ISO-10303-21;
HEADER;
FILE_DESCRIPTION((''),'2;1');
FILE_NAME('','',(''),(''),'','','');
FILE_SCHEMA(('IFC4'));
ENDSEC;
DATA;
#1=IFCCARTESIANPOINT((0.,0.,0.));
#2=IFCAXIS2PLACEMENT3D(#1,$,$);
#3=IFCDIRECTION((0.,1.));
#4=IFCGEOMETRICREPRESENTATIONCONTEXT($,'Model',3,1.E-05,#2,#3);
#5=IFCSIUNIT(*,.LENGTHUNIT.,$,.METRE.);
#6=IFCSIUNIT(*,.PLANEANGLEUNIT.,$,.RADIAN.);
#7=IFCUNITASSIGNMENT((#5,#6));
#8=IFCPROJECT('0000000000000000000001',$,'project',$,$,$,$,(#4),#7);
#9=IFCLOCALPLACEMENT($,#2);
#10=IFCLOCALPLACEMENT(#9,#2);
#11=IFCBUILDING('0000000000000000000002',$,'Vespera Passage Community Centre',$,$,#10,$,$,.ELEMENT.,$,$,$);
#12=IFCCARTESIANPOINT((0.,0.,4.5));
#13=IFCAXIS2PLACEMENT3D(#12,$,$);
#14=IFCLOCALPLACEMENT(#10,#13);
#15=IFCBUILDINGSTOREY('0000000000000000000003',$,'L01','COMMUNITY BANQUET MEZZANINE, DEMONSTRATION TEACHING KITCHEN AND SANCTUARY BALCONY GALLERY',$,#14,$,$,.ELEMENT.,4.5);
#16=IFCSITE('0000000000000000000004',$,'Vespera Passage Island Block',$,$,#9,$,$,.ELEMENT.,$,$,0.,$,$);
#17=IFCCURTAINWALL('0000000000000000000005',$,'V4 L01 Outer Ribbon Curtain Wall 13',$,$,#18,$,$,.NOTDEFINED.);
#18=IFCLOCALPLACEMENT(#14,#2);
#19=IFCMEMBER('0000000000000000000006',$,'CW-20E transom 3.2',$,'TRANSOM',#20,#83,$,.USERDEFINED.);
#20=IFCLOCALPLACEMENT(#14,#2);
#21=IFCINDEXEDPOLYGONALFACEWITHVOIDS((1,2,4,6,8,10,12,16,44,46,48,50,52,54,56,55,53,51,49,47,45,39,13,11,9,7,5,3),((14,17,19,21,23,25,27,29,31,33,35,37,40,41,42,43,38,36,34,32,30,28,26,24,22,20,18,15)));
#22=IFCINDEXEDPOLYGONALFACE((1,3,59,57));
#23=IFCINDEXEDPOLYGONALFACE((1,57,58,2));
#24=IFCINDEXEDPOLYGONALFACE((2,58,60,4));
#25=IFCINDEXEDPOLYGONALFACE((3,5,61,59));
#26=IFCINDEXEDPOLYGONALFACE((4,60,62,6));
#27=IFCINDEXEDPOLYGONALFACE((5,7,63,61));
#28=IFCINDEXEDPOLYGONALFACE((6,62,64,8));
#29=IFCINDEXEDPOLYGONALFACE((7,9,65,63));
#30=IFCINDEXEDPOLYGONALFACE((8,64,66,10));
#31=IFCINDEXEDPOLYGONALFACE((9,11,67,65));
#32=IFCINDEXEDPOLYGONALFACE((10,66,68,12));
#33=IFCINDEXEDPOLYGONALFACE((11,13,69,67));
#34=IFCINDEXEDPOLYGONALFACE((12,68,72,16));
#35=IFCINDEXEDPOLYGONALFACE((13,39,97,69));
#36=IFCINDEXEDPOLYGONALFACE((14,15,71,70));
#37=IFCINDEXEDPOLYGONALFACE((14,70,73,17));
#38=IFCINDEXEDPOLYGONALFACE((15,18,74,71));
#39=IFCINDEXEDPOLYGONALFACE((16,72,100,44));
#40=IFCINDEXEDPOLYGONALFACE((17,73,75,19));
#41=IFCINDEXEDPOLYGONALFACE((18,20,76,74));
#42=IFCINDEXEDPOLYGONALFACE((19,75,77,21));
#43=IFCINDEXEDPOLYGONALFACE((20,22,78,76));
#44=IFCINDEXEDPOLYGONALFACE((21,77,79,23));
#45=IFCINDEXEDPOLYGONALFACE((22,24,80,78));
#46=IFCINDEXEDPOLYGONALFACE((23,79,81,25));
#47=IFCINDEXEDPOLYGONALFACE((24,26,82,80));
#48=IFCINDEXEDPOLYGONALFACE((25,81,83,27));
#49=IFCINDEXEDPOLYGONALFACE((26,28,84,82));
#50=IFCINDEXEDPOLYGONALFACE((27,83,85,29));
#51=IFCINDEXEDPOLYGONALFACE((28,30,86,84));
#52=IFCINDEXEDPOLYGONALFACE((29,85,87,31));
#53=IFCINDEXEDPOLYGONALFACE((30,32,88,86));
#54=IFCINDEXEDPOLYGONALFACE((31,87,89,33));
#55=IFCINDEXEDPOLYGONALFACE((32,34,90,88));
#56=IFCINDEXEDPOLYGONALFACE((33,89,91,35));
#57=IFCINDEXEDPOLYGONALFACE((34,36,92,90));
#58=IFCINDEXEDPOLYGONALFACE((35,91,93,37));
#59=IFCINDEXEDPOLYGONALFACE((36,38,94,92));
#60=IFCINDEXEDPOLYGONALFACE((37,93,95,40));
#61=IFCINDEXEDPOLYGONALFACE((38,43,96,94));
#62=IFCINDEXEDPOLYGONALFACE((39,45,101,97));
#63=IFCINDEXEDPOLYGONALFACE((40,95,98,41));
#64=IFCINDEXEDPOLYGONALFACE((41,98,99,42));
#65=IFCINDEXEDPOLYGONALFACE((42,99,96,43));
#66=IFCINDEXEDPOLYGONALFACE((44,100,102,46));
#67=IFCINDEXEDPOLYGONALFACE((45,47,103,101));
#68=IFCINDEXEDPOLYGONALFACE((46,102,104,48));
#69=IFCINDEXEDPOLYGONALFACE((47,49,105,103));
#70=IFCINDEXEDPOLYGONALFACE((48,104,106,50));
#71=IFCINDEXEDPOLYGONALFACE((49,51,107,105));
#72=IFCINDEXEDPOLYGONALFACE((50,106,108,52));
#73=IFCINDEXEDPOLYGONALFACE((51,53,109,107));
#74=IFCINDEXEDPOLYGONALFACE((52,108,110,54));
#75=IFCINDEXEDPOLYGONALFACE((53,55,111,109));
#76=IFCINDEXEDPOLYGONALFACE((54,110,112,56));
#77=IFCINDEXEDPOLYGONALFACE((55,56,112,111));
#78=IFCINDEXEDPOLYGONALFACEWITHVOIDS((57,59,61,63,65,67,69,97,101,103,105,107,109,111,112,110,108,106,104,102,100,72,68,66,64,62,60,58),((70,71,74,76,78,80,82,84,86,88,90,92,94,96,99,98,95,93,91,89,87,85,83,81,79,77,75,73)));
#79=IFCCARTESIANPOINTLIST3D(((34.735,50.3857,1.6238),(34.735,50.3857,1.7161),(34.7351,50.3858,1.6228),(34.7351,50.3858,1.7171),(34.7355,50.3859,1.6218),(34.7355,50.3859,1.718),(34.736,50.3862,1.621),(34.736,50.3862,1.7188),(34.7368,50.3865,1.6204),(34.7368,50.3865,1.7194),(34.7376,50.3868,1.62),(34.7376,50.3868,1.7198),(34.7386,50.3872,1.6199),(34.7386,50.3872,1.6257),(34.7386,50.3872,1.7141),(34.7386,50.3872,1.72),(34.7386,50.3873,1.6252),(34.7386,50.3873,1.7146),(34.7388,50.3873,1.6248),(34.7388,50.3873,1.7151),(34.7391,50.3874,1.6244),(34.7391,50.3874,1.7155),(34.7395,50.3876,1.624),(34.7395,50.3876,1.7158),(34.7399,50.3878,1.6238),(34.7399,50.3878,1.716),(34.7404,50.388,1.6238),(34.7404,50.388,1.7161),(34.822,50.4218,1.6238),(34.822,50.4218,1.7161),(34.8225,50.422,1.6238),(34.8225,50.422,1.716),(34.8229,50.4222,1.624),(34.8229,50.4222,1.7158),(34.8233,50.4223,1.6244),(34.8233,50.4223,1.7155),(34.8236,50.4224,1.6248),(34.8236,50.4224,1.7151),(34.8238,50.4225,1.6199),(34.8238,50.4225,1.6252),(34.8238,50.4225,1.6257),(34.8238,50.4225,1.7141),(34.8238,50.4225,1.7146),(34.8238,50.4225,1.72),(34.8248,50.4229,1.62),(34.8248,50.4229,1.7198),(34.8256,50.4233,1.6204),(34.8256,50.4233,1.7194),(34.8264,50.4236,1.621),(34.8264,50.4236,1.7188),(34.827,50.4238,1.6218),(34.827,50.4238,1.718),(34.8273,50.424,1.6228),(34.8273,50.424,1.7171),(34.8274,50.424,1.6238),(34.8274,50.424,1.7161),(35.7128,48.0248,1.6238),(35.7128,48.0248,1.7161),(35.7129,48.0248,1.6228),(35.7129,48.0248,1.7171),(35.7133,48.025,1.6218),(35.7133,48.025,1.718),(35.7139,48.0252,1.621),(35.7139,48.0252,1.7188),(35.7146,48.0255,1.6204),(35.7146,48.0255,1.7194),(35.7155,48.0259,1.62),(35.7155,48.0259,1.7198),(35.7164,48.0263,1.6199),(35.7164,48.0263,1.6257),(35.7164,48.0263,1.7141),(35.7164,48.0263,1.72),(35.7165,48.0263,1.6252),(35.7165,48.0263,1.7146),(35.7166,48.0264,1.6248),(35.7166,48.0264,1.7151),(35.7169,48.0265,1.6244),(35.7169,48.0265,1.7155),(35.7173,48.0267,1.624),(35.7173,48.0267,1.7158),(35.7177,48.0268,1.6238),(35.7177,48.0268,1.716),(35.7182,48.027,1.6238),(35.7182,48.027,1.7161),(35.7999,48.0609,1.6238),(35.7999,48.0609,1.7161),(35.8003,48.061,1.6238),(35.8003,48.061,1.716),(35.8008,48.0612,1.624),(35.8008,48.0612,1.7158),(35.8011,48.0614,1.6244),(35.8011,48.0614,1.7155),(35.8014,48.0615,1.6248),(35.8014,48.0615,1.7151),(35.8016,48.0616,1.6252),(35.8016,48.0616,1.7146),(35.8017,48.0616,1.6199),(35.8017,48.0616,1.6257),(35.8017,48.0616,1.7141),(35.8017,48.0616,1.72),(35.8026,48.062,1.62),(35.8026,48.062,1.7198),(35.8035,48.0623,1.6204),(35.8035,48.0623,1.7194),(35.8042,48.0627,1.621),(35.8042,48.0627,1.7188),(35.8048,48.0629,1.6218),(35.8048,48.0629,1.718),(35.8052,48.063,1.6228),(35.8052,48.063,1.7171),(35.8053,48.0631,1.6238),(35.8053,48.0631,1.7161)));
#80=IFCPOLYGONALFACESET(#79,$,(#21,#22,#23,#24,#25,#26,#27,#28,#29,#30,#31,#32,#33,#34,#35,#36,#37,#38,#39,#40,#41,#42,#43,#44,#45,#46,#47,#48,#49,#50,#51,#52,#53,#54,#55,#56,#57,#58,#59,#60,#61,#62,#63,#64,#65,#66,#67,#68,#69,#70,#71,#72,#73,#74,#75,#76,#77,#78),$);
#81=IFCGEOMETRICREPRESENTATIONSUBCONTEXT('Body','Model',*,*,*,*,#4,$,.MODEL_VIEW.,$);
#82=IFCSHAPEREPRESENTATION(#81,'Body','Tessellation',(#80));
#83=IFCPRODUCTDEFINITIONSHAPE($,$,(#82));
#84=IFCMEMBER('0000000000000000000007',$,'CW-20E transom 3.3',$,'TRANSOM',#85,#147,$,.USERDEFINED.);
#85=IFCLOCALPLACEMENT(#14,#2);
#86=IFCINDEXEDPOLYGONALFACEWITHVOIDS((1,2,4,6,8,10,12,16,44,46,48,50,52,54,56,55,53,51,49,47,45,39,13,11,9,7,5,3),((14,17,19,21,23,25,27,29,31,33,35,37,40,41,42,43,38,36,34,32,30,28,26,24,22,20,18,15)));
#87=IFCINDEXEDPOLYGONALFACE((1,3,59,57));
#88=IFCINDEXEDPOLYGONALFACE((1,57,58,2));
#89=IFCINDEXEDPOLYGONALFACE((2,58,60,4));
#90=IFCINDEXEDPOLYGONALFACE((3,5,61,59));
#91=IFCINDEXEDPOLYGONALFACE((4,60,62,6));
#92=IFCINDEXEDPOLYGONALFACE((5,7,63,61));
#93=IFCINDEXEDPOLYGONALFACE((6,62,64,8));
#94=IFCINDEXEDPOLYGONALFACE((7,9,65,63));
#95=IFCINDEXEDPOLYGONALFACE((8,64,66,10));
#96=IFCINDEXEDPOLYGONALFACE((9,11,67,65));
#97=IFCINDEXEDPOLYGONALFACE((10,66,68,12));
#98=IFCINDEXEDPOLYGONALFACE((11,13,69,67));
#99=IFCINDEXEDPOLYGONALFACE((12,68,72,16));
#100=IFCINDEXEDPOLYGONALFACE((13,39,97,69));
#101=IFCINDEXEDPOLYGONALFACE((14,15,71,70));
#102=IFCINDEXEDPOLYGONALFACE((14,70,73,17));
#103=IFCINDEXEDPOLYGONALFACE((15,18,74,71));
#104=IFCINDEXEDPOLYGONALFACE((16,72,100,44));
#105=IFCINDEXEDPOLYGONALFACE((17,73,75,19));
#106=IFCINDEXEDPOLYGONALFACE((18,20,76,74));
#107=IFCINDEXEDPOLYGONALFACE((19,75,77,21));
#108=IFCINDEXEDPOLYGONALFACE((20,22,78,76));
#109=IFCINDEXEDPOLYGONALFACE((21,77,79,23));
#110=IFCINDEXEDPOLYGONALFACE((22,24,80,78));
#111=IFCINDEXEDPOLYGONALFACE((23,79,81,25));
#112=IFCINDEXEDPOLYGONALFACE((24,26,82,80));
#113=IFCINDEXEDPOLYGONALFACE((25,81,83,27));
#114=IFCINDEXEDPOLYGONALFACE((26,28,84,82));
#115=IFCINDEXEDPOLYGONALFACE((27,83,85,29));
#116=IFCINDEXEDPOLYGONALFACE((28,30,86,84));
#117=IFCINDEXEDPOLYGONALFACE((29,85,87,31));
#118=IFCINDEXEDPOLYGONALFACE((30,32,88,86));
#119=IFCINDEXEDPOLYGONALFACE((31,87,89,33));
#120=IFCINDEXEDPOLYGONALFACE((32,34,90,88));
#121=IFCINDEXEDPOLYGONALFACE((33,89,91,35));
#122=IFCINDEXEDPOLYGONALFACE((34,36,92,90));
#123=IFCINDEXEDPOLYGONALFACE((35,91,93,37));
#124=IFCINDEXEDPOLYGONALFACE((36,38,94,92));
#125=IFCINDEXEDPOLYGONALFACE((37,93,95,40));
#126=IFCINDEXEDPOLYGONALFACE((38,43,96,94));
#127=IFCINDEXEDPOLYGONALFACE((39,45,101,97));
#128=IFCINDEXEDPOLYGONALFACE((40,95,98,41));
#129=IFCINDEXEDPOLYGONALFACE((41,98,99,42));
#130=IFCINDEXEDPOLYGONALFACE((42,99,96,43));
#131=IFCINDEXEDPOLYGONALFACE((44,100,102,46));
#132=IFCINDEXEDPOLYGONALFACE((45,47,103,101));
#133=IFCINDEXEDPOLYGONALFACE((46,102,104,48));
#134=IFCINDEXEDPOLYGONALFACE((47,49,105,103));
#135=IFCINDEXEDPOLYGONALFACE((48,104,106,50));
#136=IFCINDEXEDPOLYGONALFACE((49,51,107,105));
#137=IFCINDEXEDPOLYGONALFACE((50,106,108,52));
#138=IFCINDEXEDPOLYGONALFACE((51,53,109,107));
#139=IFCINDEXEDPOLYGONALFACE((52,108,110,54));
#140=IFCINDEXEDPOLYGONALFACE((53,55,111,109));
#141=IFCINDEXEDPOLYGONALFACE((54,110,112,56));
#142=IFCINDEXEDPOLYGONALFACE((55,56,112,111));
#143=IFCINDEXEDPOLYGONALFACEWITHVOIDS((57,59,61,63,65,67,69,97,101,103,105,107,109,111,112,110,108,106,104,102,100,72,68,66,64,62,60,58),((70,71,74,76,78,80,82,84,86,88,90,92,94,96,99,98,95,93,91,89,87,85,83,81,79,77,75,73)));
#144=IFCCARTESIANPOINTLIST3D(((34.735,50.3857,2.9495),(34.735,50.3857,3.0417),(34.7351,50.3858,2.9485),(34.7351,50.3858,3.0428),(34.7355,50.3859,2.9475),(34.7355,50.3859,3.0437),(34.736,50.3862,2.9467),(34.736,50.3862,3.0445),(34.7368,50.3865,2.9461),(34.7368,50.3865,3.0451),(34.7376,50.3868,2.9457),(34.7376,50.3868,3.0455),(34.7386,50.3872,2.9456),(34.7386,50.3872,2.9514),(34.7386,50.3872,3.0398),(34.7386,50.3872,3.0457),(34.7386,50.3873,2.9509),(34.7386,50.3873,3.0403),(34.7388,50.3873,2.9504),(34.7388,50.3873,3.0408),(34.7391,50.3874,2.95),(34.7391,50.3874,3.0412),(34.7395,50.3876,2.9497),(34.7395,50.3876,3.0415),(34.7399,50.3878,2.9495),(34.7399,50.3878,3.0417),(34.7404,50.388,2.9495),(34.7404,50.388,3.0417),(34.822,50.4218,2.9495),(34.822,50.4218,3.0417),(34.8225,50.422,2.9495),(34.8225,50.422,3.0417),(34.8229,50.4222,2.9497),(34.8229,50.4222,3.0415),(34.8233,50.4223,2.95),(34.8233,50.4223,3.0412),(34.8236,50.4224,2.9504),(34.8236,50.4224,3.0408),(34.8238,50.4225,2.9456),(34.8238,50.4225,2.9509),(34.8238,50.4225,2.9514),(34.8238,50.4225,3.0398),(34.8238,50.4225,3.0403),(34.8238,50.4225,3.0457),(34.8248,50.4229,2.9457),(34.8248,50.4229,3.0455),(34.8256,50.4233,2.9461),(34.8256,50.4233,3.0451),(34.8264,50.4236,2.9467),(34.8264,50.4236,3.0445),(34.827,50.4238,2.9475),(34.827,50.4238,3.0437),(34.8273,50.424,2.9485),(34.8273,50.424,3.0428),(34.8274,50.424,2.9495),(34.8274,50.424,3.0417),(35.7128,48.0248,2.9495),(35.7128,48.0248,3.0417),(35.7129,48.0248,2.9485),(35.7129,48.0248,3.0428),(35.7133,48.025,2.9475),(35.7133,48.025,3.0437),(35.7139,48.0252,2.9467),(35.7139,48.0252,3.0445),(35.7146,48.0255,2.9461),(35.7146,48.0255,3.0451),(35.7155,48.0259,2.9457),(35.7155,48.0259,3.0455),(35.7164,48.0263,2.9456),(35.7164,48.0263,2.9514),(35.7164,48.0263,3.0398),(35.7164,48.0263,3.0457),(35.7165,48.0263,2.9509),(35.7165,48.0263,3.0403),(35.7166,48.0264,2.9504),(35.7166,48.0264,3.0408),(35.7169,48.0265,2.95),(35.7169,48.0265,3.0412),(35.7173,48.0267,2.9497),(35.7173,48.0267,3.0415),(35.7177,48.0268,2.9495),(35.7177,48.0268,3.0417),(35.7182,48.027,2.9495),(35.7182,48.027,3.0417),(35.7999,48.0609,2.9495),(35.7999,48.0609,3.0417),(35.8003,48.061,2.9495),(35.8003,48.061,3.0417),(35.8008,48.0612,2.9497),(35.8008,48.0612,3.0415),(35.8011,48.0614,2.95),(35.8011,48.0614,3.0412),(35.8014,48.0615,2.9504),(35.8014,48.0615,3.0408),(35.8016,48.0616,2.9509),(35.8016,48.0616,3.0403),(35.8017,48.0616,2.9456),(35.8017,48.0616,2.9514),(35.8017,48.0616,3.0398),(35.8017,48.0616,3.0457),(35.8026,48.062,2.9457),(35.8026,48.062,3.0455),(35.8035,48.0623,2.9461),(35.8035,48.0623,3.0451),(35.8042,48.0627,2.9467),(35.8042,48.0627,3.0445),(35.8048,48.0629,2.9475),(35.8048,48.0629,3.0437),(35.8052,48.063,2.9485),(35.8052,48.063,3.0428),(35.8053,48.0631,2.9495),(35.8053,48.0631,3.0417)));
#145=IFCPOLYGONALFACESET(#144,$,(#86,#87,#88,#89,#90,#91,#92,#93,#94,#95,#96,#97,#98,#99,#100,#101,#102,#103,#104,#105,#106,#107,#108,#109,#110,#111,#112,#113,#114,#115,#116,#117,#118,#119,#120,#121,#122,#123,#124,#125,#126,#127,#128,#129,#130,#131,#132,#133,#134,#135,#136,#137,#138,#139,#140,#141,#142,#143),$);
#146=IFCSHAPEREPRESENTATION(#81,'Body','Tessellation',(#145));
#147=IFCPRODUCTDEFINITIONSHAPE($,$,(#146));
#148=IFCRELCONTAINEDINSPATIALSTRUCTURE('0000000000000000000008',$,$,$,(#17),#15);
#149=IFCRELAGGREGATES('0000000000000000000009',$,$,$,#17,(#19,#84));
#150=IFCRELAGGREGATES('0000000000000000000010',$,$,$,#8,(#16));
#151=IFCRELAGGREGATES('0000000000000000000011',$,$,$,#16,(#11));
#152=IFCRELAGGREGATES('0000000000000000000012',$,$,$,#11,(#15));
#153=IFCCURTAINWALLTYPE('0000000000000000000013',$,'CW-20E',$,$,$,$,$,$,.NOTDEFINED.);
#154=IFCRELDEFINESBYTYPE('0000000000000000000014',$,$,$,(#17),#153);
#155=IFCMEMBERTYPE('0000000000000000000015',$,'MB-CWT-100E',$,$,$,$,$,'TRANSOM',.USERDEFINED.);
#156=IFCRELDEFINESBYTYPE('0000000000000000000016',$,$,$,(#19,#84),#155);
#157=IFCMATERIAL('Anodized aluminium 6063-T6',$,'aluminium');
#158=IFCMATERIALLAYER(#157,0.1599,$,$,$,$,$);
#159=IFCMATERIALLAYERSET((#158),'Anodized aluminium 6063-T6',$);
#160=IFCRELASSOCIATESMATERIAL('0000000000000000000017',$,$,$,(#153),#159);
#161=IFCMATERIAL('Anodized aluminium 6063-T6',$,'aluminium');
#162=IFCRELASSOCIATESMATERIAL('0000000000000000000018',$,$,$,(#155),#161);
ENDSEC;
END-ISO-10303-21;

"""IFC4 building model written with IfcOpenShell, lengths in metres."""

from ifc_helpers import new_model, si_unit, direction, frame, origin, origin_2d, place, context, subcontext, project, spatial, hollow_rectangle, extrude, material, layer, layer_set, material_profile, profile_set, type_object, element, aggregate, save


model = new_model("IFC4")

# Units and contexts
model_context = context("Model", 3, precision=1e-05, world=origin(), true_north=direction((0.0, 1.0)))
body_context = subcontext(model_context, "Body", "Model", "MODEL_VIEW")
ifc_project = project(units=[si_unit("LENGTHUNIT", "METRE"), si_unit("PLANEANGLEUNIT", "RADIAN")], contexts=[model_context])

# Site, building, storey
site_placement = place(None, origin())
site = spatial("IfcSite", under=ifc_project, at=site_placement, Name="Vespera Passage Island Block", CompositionType="ELEMENT", RefElevation=0.0)
building_placement = place(site_placement, origin())
building = spatial("IfcBuilding", under=site, at=building_placement, Name="Vespera Passage Community Centre", CompositionType="ELEMENT")
storey_placement = place(building_placement, frame((0.0, 0.0, 4.5)))
storey = spatial("IfcBuildingStorey", under=building, at=storey_placement, Name="L01", Description="COMMUNITY BANQUET MEZZANINE, DEMONSTRATION TEACHING KITCHEN AND SANCTUARY BALCONY GALLERY", CompositionType="ELEMENT", Elevation=4.5)

# Curtain wall
ifc_material_1 = material(Name="Anodized aluminium 6063-T6", Category="aluminium")
ifc_layer_1 = layer(ifc_material_1, 0.1599)
ifc_layer_set_1 = layer_set([ifc_layer_1], Name="Anodized aluminium 6063-T6")
curtain_wall_type_1 = type_object("IfcCurtainWallType", Name="CW-20E", PredefinedType="NOTDEFINED", material=ifc_layer_set_1)
curtain_wall_1_placement = place(storey_placement, origin())
curtain_wall_1 = element("IfcCurtainWall", 1, at=curtain_wall_1_placement, inside=storey, type_object=curtain_wall_type_1, Name="V4 L01 Outer Ribbon Curtain Wall 13", PredefinedType="NOTDEFINED")

# Members
ifc_material_2 = material(Name="Anodized aluminium 6063-T6", Category="aluminium")
ifc_material_profile_1 = material_profile(ifc_material_2, hollow_rectangle(XDim=0.1001, YDim=0.1001, WallThickness=0.0039, InnerFilletRadius=0.002, OuterFilletRadius=0.0039, at=origin_2d()), Name="ALU100X100X4")
ifc_profile_set_1 = profile_set([ifc_material_profile_1], Name="Anodized aluminium 6063-T6")
member_type_1 = type_object("IfcMemberType", Name="MB-CWT-100E", ElementType="TRANSOM", PredefinedType="USERDEFINED", material=ifc_profile_set_1)
member_1_placement = place(storey_placement, frame((35.759, 48.0439, 1.6699), z_axis=(-0.382647, 0.923895, 0.0), x_axis=(-0.923895, -0.382647, 0.0)))
member_1 = element("IfcMember", 2, at=member_1_placement, type_object=member_type_1, Name="CW-20E transom 3.2", ObjectType="TRANSOM", PredefinedType="USERDEFINED", context=body_context, shape_type="SweptSolid", body=[
    extrude(hollow_rectangle(XDim=0.1001, YDim=0.1001, WallThickness=0.0039, InnerFilletRadius=0.002, OuterFilletRadius=0.0039, at=origin_2d()), origin(), (0.0, 0.0, 1.0), 2.5554),
])
member_2_placement = place(storey_placement, frame((35.759, 48.0439, 2.9956), z_axis=(-0.382647, 0.923895, 0.0), x_axis=(-0.923895, -0.382647, 0.0)))
member_2 = element("IfcMember", 3, at=member_2_placement, type_object=member_type_1, Name="CW-20E transom 3.3", ObjectType="TRANSOM", PredefinedType="USERDEFINED", context=body_context, shape_type="SweptSolid", body=[
    extrude(hollow_rectangle(XDim=0.1001, YDim=0.1001, WallThickness=0.0039, InnerFilletRadius=0.002, OuterFilletRadius=0.0039, at=origin_2d()), origin(), (0.0, 0.0, 1.0), 2.5554),
])

aggregate(curtain_wall_1, [member_1, member_2])

save(model, "model.ifc")
